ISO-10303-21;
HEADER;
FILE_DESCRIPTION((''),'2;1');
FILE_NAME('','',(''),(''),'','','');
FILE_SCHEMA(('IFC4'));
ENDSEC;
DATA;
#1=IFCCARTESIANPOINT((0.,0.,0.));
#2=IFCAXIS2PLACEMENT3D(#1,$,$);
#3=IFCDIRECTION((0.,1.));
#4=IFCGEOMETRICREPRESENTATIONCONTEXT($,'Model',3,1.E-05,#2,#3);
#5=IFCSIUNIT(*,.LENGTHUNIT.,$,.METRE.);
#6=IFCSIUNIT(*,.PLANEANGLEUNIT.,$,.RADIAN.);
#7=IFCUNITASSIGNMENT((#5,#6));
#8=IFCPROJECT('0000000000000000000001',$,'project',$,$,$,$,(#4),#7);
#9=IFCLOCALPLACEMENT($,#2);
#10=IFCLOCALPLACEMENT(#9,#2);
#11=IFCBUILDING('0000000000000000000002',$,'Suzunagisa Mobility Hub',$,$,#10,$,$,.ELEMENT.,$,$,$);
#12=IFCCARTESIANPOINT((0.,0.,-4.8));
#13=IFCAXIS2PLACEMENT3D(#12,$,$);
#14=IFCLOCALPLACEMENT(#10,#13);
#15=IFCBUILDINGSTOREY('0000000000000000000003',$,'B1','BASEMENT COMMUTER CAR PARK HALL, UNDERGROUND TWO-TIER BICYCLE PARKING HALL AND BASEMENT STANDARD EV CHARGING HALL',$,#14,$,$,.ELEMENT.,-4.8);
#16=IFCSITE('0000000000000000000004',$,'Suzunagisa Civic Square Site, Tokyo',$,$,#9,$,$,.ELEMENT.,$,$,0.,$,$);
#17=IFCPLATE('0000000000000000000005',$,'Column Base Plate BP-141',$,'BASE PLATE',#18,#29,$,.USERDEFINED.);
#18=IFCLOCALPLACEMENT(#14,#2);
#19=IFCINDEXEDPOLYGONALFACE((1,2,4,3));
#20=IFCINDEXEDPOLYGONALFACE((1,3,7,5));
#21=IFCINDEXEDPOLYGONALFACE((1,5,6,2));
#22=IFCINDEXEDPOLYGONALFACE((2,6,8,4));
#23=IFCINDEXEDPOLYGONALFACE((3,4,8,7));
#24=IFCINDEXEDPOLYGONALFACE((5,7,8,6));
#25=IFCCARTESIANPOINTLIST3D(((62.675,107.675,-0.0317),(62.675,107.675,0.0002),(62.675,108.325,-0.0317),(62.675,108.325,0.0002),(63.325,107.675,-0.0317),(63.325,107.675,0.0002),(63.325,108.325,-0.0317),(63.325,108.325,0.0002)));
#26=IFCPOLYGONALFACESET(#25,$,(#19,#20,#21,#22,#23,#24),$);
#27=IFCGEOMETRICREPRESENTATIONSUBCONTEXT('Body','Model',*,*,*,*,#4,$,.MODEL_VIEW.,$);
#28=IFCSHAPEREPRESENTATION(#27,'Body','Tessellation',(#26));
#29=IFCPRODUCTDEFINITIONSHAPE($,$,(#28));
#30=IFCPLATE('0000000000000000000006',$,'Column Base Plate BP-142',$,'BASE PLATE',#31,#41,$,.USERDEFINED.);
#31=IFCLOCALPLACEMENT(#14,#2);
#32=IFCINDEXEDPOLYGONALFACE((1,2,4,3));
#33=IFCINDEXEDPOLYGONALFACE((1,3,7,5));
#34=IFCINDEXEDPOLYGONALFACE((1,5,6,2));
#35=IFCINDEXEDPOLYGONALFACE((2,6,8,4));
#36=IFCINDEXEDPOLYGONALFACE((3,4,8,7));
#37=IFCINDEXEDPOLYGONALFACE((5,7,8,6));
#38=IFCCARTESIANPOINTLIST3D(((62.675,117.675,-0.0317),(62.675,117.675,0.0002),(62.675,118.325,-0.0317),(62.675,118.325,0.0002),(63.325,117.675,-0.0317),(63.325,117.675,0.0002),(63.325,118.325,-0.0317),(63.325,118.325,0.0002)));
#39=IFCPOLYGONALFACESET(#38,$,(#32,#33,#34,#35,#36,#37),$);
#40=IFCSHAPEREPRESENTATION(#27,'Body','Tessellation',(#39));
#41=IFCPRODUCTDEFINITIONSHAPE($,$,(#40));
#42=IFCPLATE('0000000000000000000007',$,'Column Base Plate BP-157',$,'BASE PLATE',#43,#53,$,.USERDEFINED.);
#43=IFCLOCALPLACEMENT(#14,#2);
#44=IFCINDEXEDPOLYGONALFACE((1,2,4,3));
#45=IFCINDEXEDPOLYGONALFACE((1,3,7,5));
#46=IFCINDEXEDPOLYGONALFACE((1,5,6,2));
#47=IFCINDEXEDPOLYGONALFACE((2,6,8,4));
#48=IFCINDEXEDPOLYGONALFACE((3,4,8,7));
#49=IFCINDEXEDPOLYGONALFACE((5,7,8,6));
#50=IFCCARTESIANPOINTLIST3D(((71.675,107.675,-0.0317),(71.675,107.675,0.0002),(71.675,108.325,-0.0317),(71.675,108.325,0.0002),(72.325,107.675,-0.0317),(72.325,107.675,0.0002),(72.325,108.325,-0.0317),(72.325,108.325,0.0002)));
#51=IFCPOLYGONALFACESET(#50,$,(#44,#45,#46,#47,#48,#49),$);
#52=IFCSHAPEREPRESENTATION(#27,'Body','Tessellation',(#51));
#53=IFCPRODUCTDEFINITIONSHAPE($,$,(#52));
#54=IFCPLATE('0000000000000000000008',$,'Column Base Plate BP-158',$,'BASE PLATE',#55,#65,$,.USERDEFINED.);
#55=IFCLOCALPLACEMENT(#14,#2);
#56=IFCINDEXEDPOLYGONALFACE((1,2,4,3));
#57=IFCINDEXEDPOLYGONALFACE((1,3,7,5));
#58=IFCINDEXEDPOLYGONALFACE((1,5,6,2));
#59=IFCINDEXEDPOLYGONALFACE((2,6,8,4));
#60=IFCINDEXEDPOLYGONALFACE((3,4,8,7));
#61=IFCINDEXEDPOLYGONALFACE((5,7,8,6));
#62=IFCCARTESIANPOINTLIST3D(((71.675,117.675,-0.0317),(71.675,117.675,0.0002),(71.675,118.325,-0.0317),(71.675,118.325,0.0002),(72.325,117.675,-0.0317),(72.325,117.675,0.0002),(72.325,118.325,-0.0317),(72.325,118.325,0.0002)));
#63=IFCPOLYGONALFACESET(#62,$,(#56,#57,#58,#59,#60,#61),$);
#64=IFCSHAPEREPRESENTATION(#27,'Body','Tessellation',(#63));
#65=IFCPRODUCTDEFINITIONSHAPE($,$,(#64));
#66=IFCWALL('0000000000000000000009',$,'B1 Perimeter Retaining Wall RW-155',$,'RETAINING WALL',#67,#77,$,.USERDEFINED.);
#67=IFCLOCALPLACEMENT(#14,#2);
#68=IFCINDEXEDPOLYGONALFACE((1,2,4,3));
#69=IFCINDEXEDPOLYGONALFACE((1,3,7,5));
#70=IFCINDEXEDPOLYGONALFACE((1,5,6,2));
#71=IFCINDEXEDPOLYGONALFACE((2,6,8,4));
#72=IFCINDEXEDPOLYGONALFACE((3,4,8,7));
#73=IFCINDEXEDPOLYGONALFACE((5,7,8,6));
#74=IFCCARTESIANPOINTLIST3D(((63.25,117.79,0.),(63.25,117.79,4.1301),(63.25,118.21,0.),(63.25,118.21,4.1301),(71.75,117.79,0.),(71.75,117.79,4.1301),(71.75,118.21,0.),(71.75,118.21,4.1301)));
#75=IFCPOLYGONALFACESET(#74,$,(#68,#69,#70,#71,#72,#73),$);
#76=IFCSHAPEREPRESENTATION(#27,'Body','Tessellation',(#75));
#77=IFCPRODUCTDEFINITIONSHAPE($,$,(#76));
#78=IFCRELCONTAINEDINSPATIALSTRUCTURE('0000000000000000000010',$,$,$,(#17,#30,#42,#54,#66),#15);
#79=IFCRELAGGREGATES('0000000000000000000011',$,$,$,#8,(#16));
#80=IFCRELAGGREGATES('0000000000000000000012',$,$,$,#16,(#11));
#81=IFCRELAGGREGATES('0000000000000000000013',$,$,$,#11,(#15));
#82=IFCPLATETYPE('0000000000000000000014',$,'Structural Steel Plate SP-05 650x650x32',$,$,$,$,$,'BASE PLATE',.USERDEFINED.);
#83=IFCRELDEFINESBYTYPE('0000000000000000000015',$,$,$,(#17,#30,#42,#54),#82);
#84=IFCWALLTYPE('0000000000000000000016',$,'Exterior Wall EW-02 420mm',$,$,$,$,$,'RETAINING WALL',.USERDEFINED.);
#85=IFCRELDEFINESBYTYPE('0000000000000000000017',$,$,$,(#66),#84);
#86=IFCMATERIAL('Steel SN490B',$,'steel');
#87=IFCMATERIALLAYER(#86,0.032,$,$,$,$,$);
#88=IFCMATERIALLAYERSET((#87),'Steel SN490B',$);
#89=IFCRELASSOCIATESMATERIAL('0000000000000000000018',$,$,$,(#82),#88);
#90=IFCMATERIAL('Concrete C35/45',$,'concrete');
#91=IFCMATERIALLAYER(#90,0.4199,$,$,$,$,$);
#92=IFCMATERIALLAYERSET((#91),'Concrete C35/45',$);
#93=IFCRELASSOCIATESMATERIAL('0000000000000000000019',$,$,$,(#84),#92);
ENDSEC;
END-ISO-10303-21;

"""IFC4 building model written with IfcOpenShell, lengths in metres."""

from ifc_helpers import new_model, si_unit, direction, frame, frame_2d, origin, origin_2d, place, context, subcontext, project, spatial, rectangle, extrude, material, layer, layer_set, type_object, element, save


model = new_model("IFC4")

# Units and contexts
model_context = context("Model", 3, precision=1e-05, world=origin(), true_north=direction((0.0, 1.0)))
body_context = subcontext(model_context, "Body", "Model", "MODEL_VIEW")
ifc_project = project(units=[si_unit("LENGTHUNIT", "METRE"), si_unit("PLANEANGLEUNIT", "RADIAN")], contexts=[model_context])

# Site, building, storey
site_placement = place(None, origin())
site = spatial("IfcSite", under=ifc_project, at=site_placement, Name="Suzunagisa Civic Square Site, Tokyo", CompositionType="ELEMENT", RefElevation=0.0)
building_placement = place(site_placement, origin())
building = spatial("IfcBuilding", under=site, at=building_placement, Name="Suzunagisa Mobility Hub", CompositionType="ELEMENT")
storey_placement = place(building_placement, frame((0.0, 0.0, -4.8)))
storey = spatial("IfcBuildingStorey", under=building, at=storey_placement, Name="B1", Description="BASEMENT COMMUTER CAR PARK HALL, UNDERGROUND TWO-TIER BICYCLE PARKING HALL AND BASEMENT STANDARD EV CHARGING HALL", CompositionType="ELEMENT", Elevation=-4.8)

# Shared definitions
ifc_material_1 = material(Name="Concrete C35/45", Category="concrete")

# Shared definitions
ifc_material_2 = material(Name="Steel SN490B", Category="steel")

# Plates
ifc_layer_1 = layer(ifc_material_2, 0.032)
ifc_layer_set_1 = layer_set([ifc_layer_1], Name="Steel SN490B")
plate_type = type_object("IfcPlateType", Name="Structural Steel Plate SP-05 650x650x32", ElementType="BASE PLATE", PredefinedType="USERDEFINED", material=ifc_layer_set_1)
for number, where, z_axis, x_axis, name in (
    (1, (63.0, 108.0, -0.0317), (0.0, 0.0, 1.0), (1.0, 0.0, 0.0), "Column Base Plate BP-141"),
    (2, (63.0, 118.0, -0.0317), (0.0, 0.0, 1.0), (1.0, 0.0, 0.0), "Column Base Plate BP-142"),
    (3, (72.0, 108.0, -0.0317), (0.0, 0.0, 1.0), (1.0, 0.0, 0.0), "Column Base Plate BP-157"),
    (4, (72.0, 118.0, -0.0317), (0.0, 0.0, 1.0), (1.0, 0.0, 0.0), "Column Base Plate BP-158"),
):
    element("IfcPlate", number, at=place(storey_placement, frame(where, z_axis=z_axis, x_axis=x_axis)), inside=storey, type_object=plate_type, Name=name, ObjectType="BASE PLATE", PredefinedType="USERDEFINED", context=body_context, shape_type="SweptSolid", body=[
        extrude(rectangle(XDim=0.6499, YDim=0.6499, at=origin_2d()), origin(), (0.0, 0.0, 1.0), 0.032),
    ])

# Wall
ifc_layer_2 = layer(ifc_material_1, 0.4199)
ifc_layer_set_2 = layer_set([ifc_layer_2], Name="Concrete C35/45")
wall_type = type_object("IfcWallType", Name="Exterior Wall EW-02 420mm", ElementType="RETAINING WALL", PredefinedType="USERDEFINED", material=ifc_layer_set_2)
wall_placement = place(storey_placement, frame((71.75, 118.0, 0.0), z_axis=(0.0, 0.0, 1.0), x_axis=(-1.0, 0.0, 0.0)))
element("IfcWall", 5, at=wall_placement, inside=storey, type_object=wall_type, Name="B1 Perimeter Retaining Wall RW-155", ObjectType="RETAINING WALL", PredefinedType="USERDEFINED", context=body_context, shape_type="SweptSolid", body=[
    extrude(rectangle(XDim=8.5, YDim=0.4199, at=frame_2d((4.25, 0.0))), origin(), (0.0, 0.0, 1.0), 4.1301),
])

save(model, "model.ifc")
